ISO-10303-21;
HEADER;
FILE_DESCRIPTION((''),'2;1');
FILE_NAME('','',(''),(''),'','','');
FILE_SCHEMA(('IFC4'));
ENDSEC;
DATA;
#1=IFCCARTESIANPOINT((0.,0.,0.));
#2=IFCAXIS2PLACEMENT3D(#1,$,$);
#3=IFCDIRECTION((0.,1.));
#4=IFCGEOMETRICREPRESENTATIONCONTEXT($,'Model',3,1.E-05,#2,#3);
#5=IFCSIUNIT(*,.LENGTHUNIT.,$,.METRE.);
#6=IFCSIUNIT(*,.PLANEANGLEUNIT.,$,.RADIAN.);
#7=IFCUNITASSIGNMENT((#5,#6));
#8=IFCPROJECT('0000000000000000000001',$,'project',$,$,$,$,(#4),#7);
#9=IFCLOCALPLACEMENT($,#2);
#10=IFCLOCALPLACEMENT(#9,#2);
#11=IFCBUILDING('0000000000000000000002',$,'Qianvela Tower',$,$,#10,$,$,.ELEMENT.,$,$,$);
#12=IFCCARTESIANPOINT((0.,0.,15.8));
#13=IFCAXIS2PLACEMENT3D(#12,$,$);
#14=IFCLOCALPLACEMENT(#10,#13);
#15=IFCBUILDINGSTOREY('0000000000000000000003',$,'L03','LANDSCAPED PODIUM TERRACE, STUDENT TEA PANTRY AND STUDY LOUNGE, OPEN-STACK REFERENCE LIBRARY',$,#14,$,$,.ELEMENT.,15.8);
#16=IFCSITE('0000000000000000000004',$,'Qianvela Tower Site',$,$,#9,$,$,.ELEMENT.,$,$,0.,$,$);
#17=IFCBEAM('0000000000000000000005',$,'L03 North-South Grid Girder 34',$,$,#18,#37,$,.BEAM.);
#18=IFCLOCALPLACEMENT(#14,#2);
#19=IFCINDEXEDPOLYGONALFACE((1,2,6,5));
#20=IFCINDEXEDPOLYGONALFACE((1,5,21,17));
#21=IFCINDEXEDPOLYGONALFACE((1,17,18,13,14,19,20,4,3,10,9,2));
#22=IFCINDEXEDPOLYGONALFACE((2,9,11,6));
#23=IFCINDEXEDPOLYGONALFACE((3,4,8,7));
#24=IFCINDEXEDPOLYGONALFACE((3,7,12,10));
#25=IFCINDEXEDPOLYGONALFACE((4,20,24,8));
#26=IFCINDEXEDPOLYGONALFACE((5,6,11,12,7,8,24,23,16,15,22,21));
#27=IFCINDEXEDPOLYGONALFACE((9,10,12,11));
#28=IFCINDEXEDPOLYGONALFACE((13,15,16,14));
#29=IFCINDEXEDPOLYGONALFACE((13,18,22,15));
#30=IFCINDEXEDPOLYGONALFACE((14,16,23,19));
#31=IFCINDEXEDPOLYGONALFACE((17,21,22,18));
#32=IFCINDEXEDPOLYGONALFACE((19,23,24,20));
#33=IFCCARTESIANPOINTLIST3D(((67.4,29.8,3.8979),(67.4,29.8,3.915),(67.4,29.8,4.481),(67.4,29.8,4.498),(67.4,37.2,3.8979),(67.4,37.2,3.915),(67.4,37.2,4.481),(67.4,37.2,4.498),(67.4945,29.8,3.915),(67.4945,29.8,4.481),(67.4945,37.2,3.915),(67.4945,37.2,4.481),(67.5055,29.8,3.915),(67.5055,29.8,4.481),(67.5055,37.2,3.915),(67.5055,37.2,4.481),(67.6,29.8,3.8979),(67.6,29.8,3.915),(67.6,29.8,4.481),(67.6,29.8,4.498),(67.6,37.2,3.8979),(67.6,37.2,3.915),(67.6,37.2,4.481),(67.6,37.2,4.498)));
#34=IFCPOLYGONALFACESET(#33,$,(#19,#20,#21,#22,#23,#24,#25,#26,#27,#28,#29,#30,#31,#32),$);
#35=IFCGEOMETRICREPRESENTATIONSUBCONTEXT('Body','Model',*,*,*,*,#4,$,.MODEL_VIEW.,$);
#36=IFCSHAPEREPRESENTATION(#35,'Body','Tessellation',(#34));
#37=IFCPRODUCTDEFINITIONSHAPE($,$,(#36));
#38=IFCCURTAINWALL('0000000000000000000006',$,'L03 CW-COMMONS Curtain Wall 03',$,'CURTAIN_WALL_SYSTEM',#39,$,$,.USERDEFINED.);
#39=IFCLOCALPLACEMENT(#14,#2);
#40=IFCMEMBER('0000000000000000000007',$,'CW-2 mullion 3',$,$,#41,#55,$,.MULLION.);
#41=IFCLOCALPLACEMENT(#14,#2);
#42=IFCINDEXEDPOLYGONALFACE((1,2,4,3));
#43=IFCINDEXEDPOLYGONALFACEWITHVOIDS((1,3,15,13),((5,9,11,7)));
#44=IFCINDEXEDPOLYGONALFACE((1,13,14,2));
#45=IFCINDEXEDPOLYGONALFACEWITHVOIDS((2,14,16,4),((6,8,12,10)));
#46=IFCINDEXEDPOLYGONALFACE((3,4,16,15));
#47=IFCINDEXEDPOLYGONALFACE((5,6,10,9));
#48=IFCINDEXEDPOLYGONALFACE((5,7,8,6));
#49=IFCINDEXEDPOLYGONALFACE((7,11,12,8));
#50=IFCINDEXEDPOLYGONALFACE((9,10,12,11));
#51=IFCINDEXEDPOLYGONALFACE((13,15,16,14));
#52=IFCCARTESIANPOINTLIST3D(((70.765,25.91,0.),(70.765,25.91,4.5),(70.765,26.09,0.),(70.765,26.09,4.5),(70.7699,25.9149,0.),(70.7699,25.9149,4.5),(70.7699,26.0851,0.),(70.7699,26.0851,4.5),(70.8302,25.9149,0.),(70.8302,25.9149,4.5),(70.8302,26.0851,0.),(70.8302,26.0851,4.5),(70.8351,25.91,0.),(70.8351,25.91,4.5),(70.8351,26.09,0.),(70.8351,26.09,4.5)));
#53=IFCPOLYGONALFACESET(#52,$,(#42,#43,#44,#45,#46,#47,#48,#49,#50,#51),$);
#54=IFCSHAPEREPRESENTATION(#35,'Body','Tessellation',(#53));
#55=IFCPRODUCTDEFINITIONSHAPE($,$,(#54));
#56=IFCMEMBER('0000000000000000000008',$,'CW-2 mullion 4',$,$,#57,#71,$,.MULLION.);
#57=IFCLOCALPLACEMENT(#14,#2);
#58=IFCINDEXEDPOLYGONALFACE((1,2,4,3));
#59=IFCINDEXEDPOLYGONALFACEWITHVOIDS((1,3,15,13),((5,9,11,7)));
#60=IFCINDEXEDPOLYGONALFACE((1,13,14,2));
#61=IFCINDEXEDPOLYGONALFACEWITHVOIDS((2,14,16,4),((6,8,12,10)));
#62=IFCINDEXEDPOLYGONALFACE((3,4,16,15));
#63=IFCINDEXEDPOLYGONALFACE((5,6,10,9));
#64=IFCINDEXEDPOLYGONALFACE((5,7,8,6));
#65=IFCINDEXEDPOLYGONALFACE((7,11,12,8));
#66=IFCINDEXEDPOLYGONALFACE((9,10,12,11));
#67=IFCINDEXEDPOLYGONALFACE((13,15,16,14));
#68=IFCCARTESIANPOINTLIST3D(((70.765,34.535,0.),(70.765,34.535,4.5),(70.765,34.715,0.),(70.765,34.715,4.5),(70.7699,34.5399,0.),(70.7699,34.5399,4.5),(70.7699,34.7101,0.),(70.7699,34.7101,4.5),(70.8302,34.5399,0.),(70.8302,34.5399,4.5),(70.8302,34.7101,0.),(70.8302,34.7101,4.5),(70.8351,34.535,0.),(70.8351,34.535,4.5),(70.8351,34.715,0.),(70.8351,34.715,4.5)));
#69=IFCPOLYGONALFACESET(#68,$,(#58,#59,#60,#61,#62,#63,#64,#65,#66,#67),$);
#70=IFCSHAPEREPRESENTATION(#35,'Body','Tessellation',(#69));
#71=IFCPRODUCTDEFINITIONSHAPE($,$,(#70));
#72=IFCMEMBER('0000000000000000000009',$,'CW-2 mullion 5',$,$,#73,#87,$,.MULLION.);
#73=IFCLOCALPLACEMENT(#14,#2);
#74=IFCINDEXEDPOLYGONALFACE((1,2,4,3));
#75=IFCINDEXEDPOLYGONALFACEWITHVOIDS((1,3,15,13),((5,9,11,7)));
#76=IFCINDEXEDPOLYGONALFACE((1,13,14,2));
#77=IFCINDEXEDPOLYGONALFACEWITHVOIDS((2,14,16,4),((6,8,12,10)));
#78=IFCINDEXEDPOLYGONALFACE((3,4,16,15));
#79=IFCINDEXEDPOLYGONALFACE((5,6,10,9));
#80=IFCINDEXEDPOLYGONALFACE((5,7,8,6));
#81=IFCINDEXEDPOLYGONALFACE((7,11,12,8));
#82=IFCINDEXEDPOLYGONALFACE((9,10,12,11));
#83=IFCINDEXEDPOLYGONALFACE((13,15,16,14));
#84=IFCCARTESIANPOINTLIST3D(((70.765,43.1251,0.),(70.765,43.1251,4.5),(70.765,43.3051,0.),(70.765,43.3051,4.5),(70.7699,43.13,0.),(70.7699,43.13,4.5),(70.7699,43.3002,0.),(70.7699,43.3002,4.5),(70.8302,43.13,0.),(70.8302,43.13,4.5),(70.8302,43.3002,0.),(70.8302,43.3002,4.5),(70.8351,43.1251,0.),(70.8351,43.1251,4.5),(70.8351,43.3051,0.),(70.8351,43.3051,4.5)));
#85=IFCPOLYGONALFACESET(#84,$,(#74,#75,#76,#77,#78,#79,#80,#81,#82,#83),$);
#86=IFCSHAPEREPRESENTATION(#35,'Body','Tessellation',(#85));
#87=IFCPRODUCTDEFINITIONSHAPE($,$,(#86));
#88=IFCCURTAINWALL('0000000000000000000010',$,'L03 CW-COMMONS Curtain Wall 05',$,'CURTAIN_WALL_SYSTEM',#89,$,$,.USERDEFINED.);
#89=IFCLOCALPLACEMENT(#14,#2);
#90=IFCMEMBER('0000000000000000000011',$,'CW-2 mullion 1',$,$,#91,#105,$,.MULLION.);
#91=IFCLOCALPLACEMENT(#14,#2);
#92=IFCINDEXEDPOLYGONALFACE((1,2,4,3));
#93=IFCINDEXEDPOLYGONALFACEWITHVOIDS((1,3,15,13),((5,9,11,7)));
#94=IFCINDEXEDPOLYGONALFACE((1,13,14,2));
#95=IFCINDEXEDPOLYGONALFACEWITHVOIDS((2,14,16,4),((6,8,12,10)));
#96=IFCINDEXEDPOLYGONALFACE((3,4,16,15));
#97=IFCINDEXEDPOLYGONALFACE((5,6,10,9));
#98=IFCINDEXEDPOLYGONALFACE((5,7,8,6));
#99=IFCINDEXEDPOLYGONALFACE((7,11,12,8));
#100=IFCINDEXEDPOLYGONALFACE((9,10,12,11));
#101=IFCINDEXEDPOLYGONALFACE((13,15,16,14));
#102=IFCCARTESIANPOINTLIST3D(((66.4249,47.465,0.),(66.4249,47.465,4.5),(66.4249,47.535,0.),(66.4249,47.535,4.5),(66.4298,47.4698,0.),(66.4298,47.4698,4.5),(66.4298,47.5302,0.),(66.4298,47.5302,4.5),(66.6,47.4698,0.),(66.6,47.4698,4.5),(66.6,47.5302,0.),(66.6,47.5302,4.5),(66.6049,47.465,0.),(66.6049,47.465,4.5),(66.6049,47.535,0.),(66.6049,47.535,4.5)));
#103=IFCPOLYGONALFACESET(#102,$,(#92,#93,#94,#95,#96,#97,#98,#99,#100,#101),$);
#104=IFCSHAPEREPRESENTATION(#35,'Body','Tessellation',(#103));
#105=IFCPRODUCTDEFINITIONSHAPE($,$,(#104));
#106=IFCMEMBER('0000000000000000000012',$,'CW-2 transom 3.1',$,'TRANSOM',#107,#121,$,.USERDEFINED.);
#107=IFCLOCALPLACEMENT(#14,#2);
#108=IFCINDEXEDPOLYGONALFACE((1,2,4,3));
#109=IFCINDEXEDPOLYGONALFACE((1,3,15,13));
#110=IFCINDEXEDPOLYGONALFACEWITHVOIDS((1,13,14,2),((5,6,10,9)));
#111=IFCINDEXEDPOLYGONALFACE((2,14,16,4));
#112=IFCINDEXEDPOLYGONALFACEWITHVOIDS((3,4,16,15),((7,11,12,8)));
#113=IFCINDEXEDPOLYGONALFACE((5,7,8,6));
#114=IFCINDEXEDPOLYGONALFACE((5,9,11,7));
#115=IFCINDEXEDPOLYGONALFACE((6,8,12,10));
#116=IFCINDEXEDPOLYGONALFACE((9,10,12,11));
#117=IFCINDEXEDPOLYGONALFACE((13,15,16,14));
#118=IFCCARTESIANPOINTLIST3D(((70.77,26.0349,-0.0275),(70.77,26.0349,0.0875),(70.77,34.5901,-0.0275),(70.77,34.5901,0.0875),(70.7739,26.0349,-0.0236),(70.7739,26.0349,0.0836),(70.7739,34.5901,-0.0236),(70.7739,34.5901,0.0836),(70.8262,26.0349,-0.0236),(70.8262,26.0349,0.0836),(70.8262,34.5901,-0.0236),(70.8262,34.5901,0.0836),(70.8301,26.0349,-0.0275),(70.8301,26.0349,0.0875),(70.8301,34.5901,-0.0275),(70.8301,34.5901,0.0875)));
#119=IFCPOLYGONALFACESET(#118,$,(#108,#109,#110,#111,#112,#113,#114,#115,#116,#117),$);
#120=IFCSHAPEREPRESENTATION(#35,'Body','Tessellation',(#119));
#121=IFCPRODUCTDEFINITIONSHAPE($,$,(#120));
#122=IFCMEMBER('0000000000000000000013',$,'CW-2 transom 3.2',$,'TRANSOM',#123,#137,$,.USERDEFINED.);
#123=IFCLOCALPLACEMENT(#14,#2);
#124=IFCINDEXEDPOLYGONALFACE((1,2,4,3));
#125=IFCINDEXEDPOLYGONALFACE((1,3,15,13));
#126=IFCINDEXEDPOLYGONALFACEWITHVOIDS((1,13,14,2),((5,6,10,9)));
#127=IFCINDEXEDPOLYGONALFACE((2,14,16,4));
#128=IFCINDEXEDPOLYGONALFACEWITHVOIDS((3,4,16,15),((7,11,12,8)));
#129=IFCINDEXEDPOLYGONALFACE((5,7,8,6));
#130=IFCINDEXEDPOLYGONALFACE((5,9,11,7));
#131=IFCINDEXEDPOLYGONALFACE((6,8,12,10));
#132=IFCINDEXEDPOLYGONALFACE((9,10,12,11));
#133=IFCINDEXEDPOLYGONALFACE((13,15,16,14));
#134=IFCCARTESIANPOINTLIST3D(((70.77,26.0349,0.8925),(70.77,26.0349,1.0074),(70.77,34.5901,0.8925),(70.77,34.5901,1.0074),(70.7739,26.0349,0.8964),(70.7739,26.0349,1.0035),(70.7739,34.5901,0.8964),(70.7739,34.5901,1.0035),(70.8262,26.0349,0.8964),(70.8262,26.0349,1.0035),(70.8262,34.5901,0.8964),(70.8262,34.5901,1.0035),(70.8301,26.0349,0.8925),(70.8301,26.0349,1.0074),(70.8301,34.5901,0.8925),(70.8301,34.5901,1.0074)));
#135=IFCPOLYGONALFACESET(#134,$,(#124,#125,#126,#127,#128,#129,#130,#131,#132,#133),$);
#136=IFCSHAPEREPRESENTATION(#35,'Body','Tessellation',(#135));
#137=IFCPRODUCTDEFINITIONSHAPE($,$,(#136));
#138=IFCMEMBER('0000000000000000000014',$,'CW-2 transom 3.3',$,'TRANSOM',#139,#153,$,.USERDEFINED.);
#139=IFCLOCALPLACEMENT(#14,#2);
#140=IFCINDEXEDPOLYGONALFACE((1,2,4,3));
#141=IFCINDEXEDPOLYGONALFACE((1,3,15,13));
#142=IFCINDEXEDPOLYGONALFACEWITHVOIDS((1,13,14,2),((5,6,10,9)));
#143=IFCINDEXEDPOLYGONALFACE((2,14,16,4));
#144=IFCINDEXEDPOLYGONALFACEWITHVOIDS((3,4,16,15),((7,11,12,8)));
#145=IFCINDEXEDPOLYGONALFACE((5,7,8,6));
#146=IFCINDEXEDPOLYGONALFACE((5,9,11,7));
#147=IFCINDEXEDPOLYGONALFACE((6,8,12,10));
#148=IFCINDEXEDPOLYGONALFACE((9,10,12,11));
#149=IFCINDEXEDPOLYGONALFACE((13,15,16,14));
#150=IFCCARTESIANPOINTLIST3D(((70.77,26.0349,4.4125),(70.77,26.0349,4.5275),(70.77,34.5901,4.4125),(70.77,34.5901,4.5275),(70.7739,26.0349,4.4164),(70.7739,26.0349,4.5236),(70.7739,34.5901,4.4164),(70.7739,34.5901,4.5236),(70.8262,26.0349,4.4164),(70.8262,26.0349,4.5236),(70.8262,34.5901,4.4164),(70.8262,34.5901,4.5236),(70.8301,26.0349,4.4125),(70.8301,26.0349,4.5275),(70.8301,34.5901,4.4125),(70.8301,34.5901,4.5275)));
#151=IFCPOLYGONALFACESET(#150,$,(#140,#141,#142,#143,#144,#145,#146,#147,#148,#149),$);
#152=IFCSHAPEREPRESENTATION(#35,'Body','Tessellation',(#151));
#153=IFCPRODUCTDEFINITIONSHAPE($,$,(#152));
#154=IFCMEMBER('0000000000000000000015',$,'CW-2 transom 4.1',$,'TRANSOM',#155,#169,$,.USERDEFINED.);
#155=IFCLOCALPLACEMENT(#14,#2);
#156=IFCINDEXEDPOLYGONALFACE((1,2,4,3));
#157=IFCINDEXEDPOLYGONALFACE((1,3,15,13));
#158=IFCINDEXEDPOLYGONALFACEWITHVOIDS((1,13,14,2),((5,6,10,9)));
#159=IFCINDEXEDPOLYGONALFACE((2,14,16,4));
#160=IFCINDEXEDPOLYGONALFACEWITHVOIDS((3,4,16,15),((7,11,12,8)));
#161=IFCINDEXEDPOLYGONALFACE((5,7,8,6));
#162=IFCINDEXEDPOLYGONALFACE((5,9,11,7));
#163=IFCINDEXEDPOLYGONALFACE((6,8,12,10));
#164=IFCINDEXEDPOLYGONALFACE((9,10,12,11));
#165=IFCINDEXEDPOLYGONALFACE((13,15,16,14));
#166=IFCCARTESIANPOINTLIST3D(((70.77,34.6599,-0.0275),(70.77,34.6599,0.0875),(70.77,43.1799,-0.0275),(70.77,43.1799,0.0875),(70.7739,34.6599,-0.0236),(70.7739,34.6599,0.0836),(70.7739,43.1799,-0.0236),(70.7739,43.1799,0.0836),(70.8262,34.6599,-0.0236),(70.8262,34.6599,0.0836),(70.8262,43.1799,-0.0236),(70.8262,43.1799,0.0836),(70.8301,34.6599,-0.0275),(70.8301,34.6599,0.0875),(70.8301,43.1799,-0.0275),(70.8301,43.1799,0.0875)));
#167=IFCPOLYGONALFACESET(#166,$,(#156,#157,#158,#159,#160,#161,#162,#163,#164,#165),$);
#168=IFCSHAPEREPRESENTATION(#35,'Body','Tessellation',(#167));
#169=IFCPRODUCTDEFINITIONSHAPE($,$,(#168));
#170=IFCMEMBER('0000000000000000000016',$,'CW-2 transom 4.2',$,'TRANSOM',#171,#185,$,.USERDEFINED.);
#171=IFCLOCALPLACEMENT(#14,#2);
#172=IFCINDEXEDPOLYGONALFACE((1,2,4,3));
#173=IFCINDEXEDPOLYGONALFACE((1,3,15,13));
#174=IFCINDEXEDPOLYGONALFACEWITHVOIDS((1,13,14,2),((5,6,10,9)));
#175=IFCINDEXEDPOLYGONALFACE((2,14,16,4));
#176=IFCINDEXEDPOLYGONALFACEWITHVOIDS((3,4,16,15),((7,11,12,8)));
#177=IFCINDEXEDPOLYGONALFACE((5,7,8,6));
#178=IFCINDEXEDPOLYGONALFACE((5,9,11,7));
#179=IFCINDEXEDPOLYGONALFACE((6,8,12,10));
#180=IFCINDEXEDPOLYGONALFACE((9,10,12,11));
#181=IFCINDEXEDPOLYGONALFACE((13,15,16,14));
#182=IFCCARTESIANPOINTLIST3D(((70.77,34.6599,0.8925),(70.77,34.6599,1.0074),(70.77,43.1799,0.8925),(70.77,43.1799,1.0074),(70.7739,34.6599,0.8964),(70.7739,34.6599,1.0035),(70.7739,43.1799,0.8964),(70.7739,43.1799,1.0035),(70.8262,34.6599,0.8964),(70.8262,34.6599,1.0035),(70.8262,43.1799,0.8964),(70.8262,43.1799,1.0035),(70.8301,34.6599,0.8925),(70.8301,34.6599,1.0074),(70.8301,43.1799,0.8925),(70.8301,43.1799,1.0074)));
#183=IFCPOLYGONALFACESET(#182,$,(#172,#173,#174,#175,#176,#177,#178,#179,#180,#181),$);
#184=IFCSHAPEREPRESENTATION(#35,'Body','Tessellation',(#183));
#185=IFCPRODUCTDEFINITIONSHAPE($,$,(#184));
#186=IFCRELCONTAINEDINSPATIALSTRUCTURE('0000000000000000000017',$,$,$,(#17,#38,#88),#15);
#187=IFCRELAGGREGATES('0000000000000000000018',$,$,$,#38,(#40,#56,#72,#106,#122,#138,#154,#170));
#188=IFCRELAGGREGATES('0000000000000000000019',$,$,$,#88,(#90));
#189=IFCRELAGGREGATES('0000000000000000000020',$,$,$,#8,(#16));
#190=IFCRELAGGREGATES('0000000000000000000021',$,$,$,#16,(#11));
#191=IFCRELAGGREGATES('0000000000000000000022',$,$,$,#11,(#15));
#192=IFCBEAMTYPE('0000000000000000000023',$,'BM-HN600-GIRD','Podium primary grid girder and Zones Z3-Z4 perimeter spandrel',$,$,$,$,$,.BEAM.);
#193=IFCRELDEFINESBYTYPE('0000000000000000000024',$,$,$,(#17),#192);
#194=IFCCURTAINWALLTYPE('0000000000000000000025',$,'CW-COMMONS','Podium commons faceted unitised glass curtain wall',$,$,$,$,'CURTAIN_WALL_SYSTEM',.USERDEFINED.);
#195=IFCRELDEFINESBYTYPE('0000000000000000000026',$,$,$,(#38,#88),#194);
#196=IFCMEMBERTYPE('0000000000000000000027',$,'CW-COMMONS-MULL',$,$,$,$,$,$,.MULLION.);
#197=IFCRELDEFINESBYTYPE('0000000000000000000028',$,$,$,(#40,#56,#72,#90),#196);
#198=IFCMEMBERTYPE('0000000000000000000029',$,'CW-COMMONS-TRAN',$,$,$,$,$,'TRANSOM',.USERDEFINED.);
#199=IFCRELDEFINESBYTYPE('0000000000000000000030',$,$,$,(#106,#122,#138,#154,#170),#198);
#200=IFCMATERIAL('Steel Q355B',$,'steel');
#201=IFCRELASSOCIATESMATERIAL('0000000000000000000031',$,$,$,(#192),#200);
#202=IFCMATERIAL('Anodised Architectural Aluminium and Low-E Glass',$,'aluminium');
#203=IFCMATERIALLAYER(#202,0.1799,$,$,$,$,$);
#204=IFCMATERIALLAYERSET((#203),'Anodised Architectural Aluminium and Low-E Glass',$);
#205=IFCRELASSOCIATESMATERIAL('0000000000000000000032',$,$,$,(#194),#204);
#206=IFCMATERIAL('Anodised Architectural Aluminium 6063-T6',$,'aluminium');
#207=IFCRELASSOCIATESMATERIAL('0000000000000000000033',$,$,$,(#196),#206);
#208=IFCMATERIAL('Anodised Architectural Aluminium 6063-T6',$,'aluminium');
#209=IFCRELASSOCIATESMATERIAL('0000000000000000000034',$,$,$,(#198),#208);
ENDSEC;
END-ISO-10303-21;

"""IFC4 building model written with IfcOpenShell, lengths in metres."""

from ifc_helpers import new_model, si_unit, direction, frame, origin, origin_2d, place, context, subcontext, project, spatial, hollow_rectangle, i_section, extrude, material, layer, layer_set, material_profile, profile_set, type_object, element, aggregate, save


model = new_model("IFC4")

# Units and contexts
model_context = context("Model", 3, precision=1e-05, world=origin(), true_north=direction((0.0, 1.0)))
body_context = subcontext(model_context, "Body", "Model", "MODEL_VIEW")
ifc_project = project(units=[si_unit("LENGTHUNIT", "METRE"), si_unit("PLANEANGLEUNIT", "RADIAN")], contexts=[model_context])

# Site, building, storey
site_placement = place(None, origin())
site = spatial("IfcSite", under=ifc_project, at=site_placement, Name="Qianvela Tower Site", CompositionType="ELEMENT", RefElevation=0.0)
building_placement = place(site_placement, origin())
building = spatial("IfcBuilding", under=site, at=building_placement, Name="Qianvela Tower", CompositionType="ELEMENT")
storey_placement = place(building_placement, frame((0.0, 0.0, 15.8)))
storey = spatial("IfcBuildingStorey", under=building, at=storey_placement, Name="L03", Description="LANDSCAPED PODIUM TERRACE, STUDENT TEA PANTRY AND STUDY LOUNGE, OPEN-STACK REFERENCE LIBRARY", CompositionType="ELEMENT", Elevation=15.8)

# Beam
ifc_material_1 = material(Name="Steel Q355B", Category="steel")
ifc_material_profile_1 = material_profile(ifc_material_1, i_section(OverallWidth=0.2, OverallDepth=0.6001, WebThickness=0.011, FlangeThickness=0.0171, at=origin_2d()), Name="HN600x200x11x17")
ifc_profile_set_1 = profile_set([ifc_material_profile_1], Name="Steel Q355B")
beam_type_1 = type_object("IfcBeamType", Name="BM-HN600-GIRD", Description="Podium primary grid girder and Zones Z3-Z4 perimeter spandrel", PredefinedType="BEAM", material=ifc_profile_set_1)
beam_1_placement = place(storey_placement, frame((67.5, 29.8, 4.198), z_axis=(0.0, 1.0, 0.0), x_axis=(-1.0, 0.0, 0.0)))
element("IfcBeam", 1, at=beam_1_placement, inside=storey, type_object=beam_type_1, Name="L03 North-South Grid Girder 34", PredefinedType="BEAM", context=body_context, shape_type="SweptSolid", body=[
    extrude(i_section(OverallWidth=0.2, OverallDepth=0.6001, WebThickness=0.011, FlangeThickness=0.0171, at=origin_2d()), origin(), (0.0, 0.0, 1.0), 7.3999),
])

# Curtain wall, members
ifc_material_2 = material(Name="Anodised Architectural Aluminium and Low-E Glass", Category="aluminium")
ifc_layer_1 = layer(ifc_material_2, 0.1799)
ifc_layer_set_1 = layer_set([ifc_layer_1], Name="Anodised Architectural Aluminium and Low-E Glass")
curtain_wall_type = type_object("IfcCurtainWallType", Name="CW-COMMONS", Description="Podium commons faceted unitised glass curtain wall", ElementType="CURTAIN_WALL_SYSTEM", PredefinedType="USERDEFINED", material=ifc_layer_set_1)
curtain_wall_1_placement = place(storey_placement, origin())
curtain_wall_1 = element("IfcCurtainWall", 2, at=curtain_wall_1_placement, inside=storey, type_object=curtain_wall_type, Name="L03 CW-COMMONS Curtain Wall 03", ObjectType="CURTAIN_WALL_SYSTEM", PredefinedType="USERDEFINED")
ifc_material_3 = material(Name="Anodised Architectural Aluminium 6063-T6", Category="aluminium")
ifc_material_profile_2 = material_profile(ifc_material_3, hollow_rectangle(XDim=0.0701, YDim=0.1799, WallThickness=0.0049, at=origin_2d()), Name="ALU-MULL-70x180")
ifc_profile_set_2 = profile_set([ifc_material_profile_2], Name="Anodised Architectural Aluminium 6063-T6")
member_type_1 = type_object("IfcMemberType", Name="CW-COMMONS-MULL", PredefinedType="MULLION", material=ifc_profile_set_2)
member_1_placement = place(storey_placement, frame((70.8, 26.0, 0.0), z_axis=(0.0, 0.0, 1.0), x_axis=(-1.0, 0.0, 0.0)))
member_1 = element("IfcMember", 3, at=member_1_placement, type_object=member_type_1, Name="CW-2 mullion 3", PredefinedType="MULLION", context=body_context, shape_type="SweptSolid", body=[
    extrude(hollow_rectangle(XDim=0.0701, YDim=0.1799, WallThickness=0.0049, at=origin_2d()), origin(), (0.0, 0.0, 1.0), 4.5),
])
member_2_placement = place(storey_placement, frame((70.8, 34.625, 0.0), z_axis=(0.0, 0.0, 1.0), x_axis=(-1.0, 0.0, 0.0)))
member_2 = element("IfcMember", 4, at=member_2_placement, type_object=member_type_1, Name="CW-2 mullion 4", PredefinedType="MULLION", context=body_context, shape_type="SweptSolid", body=[
    extrude(hollow_rectangle(XDim=0.0701, YDim=0.1799, WallThickness=0.0049, at=origin_2d()), origin(), (0.0, 0.0, 1.0), 4.5),
])
member_3_placement = place(storey_placement, frame((70.8, 43.2151, 0.0), z_axis=(0.0, 0.0, 1.0), x_axis=(-1.0, 0.0, 0.0)))
member_3 = element("IfcMember", 5, at=member_3_placement, type_object=member_type_1, Name="CW-2 mullion 5", PredefinedType="MULLION", context=body_context, shape_type="SweptSolid", body=[
    extrude(hollow_rectangle(XDim=0.0701, YDim=0.1799, WallThickness=0.0049, at=origin_2d()), origin(), (0.0, 0.0, 1.0), 4.5),
])

# Curtain wall, member
curtain_wall_2_placement = place(storey_placement, origin())
curtain_wall_2 = element("IfcCurtainWall", 6, at=curtain_wall_2_placement, inside=storey, type_object=curtain_wall_type, Name="L03 CW-COMMONS Curtain Wall 05", ObjectType="CURTAIN_WALL_SYSTEM", PredefinedType="USERDEFINED")
member_4_placement = place(storey_placement, frame((66.5149, 47.5, 0.0), z_axis=(0.0, 0.0, 1.0), x_axis=(0.0, -1.0, 0.0)))
member_4 = element("IfcMember", 7, at=member_4_placement, type_object=member_type_1, Name="CW-2 mullion 1", PredefinedType="MULLION", context=body_context, shape_type="SweptSolid", body=[
    extrude(hollow_rectangle(XDim=0.0701, YDim=0.1799, WallThickness=0.0049, at=origin_2d()), origin(), (0.0, 0.0, 1.0), 4.5),
])

# Members
ifc_material_4 = material(Name="Anodised Architectural Aluminium 6063-T6", Category="aluminium")
ifc_material_profile_3 = material_profile(ifc_material_4, hollow_rectangle(XDim=0.0601, YDim=0.115, WallThickness=0.0039, at=origin_2d()), Name="ALU-TRAN-60x115")
ifc_profile_set_3 = profile_set([ifc_material_profile_3], Name="Anodised Architectural Aluminium 6063-T6")
member_type_2 = type_object("IfcMemberType", Name="CW-COMMONS-TRAN", ElementType="TRANSOM", PredefinedType="USERDEFINED", material=ifc_profile_set_3)
member_5_placement = place(storey_placement, frame((70.8, 26.0349, 0.03), z_axis=(0.0, 1.0, 0.0), x_axis=(-1.0, 0.0, 0.0)))
member_5 = element("IfcMember", 8, at=member_5_placement, type_object=member_type_2, Name="CW-2 transom 3.1", ObjectType="TRANSOM", PredefinedType="USERDEFINED", context=body_context, shape_type="SweptSolid", body=[
    extrude(hollow_rectangle(XDim=0.0601, YDim=0.115, WallThickness=0.0039, at=origin_2d()), origin(), (0.0, 0.0, 1.0), 8.5552),
])
member_6_placement = place(storey_placement, frame((70.8, 26.0349, 0.95), z_axis=(0.0, 1.0, 0.0), x_axis=(-1.0, 0.0, 0.0)))
member_6 = element("IfcMember", 9, at=member_6_placement, type_object=member_type_2, Name="CW-2 transom 3.2", ObjectType="TRANSOM", PredefinedType="USERDEFINED", context=body_context, shape_type="SweptSolid", body=[
    extrude(hollow_rectangle(XDim=0.0601, YDim=0.115, WallThickness=0.0039, at=origin_2d()), origin(), (0.0, 0.0, 1.0), 8.5552),
])
member_7_placement = place(storey_placement, frame((70.8, 26.0349, 4.47), z_axis=(0.0, 1.0, 0.0), x_axis=(-1.0, 0.0, 0.0)))
member_7 = element("IfcMember", 10, at=member_7_placement, type_object=member_type_2, Name="CW-2 transom 3.3", ObjectType="TRANSOM", PredefinedType="USERDEFINED", context=body_context, shape_type="SweptSolid", body=[
    extrude(hollow_rectangle(XDim=0.0601, YDim=0.115, WallThickness=0.0039, at=origin_2d()), origin(), (0.0, 0.0, 1.0), 8.5552),
])
member_8_placement = place(storey_placement, frame((70.8, 34.6599, 0.03), z_axis=(0.0, 1.0, 0.0), x_axis=(-1.0, 0.0, 0.0)))
member_8 = element("IfcMember", 11, at=member_8_placement, type_object=member_type_2, Name="CW-2 transom 4.1", ObjectType="TRANSOM", PredefinedType="USERDEFINED", context=body_context, shape_type="SweptSolid", body=[
    extrude(hollow_rectangle(XDim=0.0601, YDim=0.115, WallThickness=0.0039, at=origin_2d()), origin(), (0.0, 0.0, 1.0), 8.52),
])
member_9_placement = place(storey_placement, frame((70.8, 34.6599, 0.95), z_axis=(0.0, 1.0, 0.0), x_axis=(-1.0, 0.0, 0.0)))
member_9 = element("IfcMember", 12, at=member_9_placement, type_object=member_type_2, Name="CW-2 transom 4.2", ObjectType="TRANSOM", PredefinedType="USERDEFINED", context=body_context, shape_type="SweptSolid", body=[
    extrude(hollow_rectangle(XDim=0.0601, YDim=0.115, WallThickness=0.0039, at=origin_2d()), origin(), (0.0, 0.0, 1.0), 8.52),
])

aggregate(curtain_wall_1, [member_1, member_2, member_3, member_5, member_6, member_7, member_8, member_9])
aggregate(curtain_wall_2, [member_4])

save(model, "model.ifc")
